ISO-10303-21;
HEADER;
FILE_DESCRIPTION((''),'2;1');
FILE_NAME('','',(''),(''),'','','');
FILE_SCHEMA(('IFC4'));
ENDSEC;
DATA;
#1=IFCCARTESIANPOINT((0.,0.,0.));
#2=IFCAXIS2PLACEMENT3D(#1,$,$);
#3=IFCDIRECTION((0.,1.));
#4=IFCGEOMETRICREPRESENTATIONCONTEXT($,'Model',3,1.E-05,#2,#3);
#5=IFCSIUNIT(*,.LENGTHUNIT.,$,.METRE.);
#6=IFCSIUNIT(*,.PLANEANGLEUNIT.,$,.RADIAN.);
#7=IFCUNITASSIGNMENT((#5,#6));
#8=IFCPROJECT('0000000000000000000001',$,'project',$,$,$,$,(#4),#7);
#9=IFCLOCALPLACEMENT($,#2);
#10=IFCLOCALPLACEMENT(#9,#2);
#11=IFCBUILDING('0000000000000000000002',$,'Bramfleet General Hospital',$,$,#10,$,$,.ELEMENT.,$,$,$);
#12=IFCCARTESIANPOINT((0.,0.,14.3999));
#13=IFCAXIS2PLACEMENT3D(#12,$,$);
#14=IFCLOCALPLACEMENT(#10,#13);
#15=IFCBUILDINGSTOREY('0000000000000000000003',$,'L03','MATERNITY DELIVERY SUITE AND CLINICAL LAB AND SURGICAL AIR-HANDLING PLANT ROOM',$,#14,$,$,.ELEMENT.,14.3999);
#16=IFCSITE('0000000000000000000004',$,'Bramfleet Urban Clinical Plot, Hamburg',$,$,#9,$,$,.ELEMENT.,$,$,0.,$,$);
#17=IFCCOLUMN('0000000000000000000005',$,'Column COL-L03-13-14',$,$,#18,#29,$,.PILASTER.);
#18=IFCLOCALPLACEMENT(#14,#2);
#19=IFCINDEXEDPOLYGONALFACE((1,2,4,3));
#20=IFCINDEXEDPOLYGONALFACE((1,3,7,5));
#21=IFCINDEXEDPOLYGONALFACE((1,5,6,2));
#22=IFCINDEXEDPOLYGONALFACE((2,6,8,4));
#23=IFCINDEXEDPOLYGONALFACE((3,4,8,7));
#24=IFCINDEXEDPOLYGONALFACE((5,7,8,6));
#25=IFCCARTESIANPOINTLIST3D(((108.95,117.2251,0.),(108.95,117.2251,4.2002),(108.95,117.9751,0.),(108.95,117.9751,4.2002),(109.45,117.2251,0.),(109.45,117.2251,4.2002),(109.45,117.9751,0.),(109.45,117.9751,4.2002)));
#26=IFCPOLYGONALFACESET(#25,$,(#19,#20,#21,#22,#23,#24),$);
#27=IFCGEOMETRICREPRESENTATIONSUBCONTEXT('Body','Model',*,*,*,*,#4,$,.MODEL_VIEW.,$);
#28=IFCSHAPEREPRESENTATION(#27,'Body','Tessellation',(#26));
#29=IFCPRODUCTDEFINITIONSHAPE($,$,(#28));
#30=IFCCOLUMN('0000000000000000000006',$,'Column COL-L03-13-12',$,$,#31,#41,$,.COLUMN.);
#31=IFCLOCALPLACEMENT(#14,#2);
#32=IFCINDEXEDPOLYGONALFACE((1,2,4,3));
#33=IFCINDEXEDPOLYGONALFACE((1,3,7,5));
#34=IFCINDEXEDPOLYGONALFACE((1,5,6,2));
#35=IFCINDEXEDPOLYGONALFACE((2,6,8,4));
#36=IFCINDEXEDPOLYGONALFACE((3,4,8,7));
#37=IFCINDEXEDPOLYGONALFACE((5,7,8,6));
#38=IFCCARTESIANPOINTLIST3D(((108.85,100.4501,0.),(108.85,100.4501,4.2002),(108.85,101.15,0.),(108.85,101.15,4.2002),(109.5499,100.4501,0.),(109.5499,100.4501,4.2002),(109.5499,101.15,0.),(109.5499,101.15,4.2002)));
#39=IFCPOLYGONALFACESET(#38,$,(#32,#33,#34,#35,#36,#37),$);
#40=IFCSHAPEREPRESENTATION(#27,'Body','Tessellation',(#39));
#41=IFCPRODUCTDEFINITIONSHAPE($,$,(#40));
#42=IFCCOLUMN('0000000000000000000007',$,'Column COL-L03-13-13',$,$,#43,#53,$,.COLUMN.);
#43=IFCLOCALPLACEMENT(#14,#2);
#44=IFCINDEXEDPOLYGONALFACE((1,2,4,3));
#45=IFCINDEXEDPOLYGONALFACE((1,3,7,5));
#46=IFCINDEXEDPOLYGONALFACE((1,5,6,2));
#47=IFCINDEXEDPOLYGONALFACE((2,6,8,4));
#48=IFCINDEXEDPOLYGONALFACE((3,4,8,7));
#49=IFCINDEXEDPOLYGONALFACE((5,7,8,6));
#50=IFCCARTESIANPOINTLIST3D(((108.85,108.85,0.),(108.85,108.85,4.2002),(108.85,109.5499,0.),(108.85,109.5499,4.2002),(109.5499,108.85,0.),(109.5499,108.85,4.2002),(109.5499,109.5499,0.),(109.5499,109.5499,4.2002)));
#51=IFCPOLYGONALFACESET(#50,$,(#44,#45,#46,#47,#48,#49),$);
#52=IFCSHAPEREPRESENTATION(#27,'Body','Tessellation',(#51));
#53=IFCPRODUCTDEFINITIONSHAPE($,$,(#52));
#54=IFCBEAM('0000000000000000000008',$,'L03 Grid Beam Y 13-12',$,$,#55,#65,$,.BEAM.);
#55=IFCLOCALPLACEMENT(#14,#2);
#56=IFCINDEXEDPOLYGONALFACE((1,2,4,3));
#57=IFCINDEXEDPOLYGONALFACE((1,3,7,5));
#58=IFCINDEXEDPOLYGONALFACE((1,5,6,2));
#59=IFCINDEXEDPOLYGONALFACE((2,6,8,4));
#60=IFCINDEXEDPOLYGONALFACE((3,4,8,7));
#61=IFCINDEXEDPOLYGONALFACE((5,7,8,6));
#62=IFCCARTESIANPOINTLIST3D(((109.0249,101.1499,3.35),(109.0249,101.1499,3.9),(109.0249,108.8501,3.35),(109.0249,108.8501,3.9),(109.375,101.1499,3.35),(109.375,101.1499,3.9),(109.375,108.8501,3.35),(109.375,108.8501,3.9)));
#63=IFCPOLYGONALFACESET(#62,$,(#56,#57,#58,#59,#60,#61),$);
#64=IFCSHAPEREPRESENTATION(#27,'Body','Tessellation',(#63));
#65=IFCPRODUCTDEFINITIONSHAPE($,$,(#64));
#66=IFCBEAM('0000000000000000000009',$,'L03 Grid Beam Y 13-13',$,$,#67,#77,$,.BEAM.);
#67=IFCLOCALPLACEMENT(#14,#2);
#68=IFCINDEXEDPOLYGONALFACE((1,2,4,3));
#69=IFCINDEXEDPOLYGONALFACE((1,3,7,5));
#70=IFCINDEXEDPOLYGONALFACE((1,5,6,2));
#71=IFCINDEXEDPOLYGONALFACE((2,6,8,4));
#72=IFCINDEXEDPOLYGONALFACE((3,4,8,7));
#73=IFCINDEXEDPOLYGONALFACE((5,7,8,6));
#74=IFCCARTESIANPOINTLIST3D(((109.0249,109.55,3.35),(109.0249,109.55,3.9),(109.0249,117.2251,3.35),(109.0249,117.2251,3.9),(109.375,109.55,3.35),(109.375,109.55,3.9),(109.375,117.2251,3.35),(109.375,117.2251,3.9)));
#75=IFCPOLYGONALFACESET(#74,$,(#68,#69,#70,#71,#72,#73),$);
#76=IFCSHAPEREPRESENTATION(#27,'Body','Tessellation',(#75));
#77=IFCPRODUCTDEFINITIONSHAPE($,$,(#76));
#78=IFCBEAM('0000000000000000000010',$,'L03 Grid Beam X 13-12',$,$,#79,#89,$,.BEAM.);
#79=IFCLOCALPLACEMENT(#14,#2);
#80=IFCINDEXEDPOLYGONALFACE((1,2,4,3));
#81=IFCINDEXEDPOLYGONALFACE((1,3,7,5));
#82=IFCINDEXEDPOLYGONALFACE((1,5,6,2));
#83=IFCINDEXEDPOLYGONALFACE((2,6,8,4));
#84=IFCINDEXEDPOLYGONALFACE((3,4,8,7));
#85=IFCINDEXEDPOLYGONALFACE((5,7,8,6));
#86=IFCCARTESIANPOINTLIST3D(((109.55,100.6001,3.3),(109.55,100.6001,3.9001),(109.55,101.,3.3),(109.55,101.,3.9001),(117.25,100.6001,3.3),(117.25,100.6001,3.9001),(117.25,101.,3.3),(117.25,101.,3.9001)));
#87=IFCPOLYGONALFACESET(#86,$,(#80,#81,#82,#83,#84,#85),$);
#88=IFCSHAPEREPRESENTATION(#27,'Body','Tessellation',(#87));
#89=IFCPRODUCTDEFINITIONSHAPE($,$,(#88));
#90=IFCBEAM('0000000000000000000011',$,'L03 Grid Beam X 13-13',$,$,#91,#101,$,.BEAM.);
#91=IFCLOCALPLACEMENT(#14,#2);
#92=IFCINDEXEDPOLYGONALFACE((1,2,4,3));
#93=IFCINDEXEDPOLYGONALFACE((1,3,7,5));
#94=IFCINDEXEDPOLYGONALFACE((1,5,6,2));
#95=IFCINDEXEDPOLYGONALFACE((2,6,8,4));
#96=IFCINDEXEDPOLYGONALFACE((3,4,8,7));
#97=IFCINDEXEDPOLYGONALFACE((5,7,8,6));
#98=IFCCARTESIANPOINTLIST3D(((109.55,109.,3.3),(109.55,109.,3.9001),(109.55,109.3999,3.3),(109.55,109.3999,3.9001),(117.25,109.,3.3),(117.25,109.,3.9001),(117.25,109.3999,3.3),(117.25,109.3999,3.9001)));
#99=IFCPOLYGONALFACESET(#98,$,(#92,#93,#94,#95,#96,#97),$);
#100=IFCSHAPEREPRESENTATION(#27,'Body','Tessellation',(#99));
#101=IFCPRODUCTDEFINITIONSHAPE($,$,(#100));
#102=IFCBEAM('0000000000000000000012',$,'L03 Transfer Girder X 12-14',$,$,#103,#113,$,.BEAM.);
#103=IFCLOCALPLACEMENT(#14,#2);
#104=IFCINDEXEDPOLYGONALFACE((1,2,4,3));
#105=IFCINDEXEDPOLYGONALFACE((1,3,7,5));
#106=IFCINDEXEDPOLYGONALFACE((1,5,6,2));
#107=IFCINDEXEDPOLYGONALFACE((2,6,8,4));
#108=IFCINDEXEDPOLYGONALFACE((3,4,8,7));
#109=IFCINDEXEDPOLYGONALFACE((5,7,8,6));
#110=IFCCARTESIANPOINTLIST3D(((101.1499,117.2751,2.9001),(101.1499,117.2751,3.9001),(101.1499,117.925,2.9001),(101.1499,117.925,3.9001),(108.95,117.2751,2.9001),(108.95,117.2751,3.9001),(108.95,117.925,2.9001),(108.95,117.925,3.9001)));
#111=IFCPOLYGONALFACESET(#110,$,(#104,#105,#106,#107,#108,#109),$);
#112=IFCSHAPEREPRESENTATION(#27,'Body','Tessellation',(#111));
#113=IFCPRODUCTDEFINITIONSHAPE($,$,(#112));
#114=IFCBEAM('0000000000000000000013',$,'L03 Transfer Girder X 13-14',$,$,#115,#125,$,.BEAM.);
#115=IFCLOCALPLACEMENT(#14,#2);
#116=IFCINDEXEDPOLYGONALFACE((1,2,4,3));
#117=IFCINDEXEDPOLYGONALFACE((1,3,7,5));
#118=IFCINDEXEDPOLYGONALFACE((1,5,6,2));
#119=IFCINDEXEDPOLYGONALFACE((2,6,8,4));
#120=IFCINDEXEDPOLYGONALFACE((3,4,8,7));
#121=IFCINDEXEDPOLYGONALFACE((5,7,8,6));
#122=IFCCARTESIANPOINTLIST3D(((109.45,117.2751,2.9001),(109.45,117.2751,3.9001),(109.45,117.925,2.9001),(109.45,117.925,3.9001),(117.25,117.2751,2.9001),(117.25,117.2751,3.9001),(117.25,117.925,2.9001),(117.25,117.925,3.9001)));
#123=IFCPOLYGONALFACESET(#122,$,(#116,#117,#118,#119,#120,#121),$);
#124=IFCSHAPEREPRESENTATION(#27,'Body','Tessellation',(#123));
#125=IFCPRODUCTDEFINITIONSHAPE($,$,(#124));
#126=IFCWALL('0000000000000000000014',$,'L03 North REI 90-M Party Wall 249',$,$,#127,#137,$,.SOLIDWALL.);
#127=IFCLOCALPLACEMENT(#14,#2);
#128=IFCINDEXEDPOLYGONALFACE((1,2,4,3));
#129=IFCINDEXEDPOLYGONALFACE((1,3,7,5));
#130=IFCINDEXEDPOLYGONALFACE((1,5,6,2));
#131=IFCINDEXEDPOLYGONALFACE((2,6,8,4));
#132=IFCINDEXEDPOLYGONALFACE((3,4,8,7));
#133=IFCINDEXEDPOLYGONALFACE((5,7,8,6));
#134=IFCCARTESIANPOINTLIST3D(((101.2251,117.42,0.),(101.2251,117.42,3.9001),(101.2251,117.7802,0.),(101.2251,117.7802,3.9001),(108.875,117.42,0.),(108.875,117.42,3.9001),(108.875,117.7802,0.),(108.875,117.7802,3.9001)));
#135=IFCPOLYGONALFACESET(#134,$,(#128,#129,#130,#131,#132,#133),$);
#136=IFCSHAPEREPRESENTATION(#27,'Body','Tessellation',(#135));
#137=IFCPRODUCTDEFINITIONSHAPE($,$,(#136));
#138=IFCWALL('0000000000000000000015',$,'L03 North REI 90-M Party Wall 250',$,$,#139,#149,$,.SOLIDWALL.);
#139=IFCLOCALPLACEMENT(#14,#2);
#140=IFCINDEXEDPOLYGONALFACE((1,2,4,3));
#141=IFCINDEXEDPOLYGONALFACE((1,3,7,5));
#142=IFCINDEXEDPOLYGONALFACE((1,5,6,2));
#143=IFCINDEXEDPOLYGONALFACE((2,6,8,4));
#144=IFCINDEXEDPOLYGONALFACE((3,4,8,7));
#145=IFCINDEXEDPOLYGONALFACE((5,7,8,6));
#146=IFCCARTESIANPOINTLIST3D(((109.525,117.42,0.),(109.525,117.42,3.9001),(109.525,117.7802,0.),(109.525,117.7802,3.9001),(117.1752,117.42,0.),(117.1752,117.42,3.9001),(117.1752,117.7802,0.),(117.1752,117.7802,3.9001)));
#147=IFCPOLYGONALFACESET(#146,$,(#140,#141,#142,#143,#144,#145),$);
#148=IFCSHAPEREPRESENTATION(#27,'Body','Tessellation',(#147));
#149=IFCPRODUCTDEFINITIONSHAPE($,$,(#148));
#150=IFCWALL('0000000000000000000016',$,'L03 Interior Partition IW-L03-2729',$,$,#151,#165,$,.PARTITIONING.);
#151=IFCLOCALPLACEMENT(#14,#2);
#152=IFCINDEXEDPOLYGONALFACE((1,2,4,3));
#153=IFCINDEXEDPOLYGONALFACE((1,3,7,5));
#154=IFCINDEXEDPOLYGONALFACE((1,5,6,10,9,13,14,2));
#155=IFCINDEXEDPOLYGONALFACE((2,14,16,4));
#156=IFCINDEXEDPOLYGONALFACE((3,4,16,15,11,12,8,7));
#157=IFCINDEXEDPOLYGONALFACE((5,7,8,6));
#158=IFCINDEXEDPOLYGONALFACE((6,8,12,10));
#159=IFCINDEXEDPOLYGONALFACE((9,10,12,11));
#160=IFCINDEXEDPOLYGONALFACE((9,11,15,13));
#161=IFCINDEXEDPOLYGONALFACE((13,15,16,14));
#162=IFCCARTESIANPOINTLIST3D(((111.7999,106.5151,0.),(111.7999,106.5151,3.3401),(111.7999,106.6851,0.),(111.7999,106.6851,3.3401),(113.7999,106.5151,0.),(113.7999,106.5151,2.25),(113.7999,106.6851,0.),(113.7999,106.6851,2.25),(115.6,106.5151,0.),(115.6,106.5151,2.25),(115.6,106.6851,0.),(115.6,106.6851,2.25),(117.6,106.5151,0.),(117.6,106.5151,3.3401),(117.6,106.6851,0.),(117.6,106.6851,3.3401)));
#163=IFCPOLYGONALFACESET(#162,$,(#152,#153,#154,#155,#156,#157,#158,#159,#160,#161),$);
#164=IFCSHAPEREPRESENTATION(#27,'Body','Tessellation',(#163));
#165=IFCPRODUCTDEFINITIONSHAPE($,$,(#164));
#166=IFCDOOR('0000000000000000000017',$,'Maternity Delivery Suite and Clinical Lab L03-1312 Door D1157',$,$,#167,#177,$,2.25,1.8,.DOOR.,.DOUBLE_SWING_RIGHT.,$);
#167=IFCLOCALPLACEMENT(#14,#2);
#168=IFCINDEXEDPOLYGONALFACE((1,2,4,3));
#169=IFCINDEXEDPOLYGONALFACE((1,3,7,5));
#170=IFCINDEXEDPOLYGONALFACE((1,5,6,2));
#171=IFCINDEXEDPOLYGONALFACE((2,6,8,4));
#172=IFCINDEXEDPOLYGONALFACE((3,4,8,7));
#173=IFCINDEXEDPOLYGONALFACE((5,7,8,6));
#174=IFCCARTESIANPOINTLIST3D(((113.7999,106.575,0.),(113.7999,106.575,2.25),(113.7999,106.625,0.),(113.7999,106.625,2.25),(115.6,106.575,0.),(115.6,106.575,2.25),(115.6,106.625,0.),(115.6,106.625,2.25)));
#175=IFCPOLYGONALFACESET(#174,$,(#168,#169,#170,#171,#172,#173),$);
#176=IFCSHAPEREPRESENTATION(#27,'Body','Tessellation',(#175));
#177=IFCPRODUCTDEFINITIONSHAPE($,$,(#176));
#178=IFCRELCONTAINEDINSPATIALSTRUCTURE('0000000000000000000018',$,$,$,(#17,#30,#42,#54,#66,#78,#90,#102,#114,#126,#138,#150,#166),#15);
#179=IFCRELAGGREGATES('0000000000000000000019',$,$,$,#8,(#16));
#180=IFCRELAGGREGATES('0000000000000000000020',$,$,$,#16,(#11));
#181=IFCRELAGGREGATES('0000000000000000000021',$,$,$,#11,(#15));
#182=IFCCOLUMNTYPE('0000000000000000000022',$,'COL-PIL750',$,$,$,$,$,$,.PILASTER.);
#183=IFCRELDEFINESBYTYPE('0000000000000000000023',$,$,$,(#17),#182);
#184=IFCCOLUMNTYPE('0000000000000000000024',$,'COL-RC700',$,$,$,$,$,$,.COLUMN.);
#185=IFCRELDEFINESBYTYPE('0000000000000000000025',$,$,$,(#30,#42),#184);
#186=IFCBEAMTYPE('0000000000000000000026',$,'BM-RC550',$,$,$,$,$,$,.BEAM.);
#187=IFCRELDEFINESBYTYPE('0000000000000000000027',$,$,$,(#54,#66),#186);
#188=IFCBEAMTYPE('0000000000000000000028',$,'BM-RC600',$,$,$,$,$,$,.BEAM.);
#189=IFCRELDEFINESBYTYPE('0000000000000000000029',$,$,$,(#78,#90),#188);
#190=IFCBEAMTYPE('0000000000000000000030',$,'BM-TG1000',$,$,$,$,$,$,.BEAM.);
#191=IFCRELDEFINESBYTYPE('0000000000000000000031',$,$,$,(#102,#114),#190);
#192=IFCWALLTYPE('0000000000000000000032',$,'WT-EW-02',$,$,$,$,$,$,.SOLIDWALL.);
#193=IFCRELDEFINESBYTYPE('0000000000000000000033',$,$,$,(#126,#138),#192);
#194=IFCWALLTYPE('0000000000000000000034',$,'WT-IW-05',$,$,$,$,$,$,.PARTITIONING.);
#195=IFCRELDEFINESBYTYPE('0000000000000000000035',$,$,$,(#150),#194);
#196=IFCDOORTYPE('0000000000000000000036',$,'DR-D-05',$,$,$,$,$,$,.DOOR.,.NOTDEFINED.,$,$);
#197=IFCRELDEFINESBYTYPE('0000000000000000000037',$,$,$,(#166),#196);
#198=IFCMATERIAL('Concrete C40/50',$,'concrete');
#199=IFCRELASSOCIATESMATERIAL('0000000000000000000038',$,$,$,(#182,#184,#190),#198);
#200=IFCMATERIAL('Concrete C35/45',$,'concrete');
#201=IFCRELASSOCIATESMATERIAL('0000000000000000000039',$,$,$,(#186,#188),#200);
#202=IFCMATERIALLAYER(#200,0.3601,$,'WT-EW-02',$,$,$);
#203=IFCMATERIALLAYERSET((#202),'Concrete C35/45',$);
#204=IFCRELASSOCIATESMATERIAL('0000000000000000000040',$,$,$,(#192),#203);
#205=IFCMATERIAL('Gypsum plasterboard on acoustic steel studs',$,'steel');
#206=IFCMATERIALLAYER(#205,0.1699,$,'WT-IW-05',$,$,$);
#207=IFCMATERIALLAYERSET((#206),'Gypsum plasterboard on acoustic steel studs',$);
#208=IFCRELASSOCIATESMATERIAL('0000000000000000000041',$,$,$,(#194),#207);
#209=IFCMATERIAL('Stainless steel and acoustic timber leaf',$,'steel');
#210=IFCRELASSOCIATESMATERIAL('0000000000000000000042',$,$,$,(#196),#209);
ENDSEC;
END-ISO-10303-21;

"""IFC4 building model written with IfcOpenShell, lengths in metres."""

from ifc_helpers import new_model, si_unit, direction, frame, frame_2d, origin, origin_2d, place, context, subcontext, project, spatial, rectangle, extrude, material, layer, layer_set, material_profile, profile_set, type_object, element, fill, save


model = new_model("IFC4")

# Units and contexts
model_context = context("Model", 3, precision=1e-05, world=origin(), true_north=direction((0.0, 1.0)))
body_context = subcontext(model_context, "Body", "Model", "MODEL_VIEW")
ifc_project = project(units=[si_unit("LENGTHUNIT", "METRE"), si_unit("PLANEANGLEUNIT", "RADIAN")], contexts=[model_context])

# Site, building, storey
site_placement = place(None, origin())
site = spatial("IfcSite", under=ifc_project, at=site_placement, Name="Bramfleet Urban Clinical Plot, Hamburg", CompositionType="ELEMENT", RefElevation=0.0)
building_placement = place(site_placement, origin())
building = spatial("IfcBuilding", under=site, at=building_placement, Name="Bramfleet General Hospital", CompositionType="ELEMENT")
storey_placement = place(building_placement, frame((0.0, 0.0, 14.3999)))
storey = spatial("IfcBuildingStorey", under=building, at=storey_placement, Name="L03", Description="MATERNITY DELIVERY SUITE AND CLINICAL LAB AND SURGICAL AIR-HANDLING PLANT ROOM", CompositionType="ELEMENT", Elevation=14.3999)

# Columns
ifc_material_1 = material(Name="Concrete C40/50", Category="concrete")
ifc_material_profile_1 = material_profile(ifc_material_1, rectangle(XDim=0.5, YDim=0.75, at=origin_2d()), Name="RC PIL 750x500")
ifc_profile_set_1 = profile_set([ifc_material_profile_1], Name="Concrete C40/50")
column_type_1 = type_object("IfcColumnType", Name="COL-PIL750", PredefinedType="PILASTER", material=ifc_profile_set_1)
column_placement = place(storey_placement, frame((109.2, 117.6001, 0.0), z_axis=(0.0, 0.0, 1.0), x_axis=(1.0, 0.0, 0.0)))
element("IfcColumn", 1, at=column_placement, inside=storey, type_object=column_type_1, Name="Column COL-L03-13-14", PredefinedType="PILASTER", context=body_context, shape_type="SweptSolid", body=[
    extrude(rectangle(XDim=0.5, YDim=0.75, at=origin_2d()), origin(), (0.0, 0.0, 1.0), 4.2002),
])
ifc_material_profile_2 = material_profile(ifc_material_1, rectangle(XDim=0.7, YDim=0.7, at=origin_2d()), Name="RC COL 700x700")
ifc_profile_set_2 = profile_set([ifc_material_profile_2], Name="Concrete C40/50")
column_type_2 = type_object("IfcColumnType", Name="COL-RC700", PredefinedType="COLUMN", material=ifc_profile_set_2)
for number, where, z_axis, x_axis, name in (
    (2, (109.2, 100.8, 0.0), (0.0, 0.0, 1.0), (1.0, 0.0, 0.0), "Column COL-L03-13-12"),
    (3, (109.2, 109.2, 0.0), (0.0, 0.0, 1.0), (1.0, 0.0, 0.0), "Column COL-L03-13-13"),
):
    element("IfcColumn", number, at=place(storey_placement, frame(where, z_axis=z_axis, x_axis=x_axis)), inside=storey, type_object=column_type_2, Name=name, PredefinedType="COLUMN", context=body_context, shape_type="SweptSolid", body=[
        extrude(rectangle(XDim=0.7, YDim=0.7, at=origin_2d()), origin(), (0.0, 0.0, 1.0), 4.2002),
    ])

# Beams
ifc_material_2 = material(Name="Concrete C35/45", Category="concrete")
ifc_material_profile_3 = material_profile(ifc_material_2, rectangle(XDim=0.3501, YDim=0.55, at=origin_2d()), Name="RC BM 550x350")
ifc_profile_set_3 = profile_set([ifc_material_profile_3], Name="Concrete C35/45")
beam_type_1 = type_object("IfcBeamType", Name="BM-RC550", PredefinedType="BEAM", material=ifc_profile_set_3)
beam_1_placement = place(storey_placement, frame((109.2, 101.1499, 3.625), z_axis=(0.0, 1.0, 0.0), x_axis=(-1.0, 0.0, 0.0)))
element("IfcBeam", 4, at=beam_1_placement, inside=storey, type_object=beam_type_1, Name="L03 Grid Beam Y 13-12", PredefinedType="BEAM", context=body_context, shape_type="SweptSolid", body=[
    extrude(rectangle(XDim=0.3501, YDim=0.55, at=origin_2d()), origin(), (0.0, 0.0, 1.0), 7.7002),
])
beam_2_placement = place(storey_placement, frame((109.2, 109.55, 3.625), z_axis=(0.0, 1.0, 0.0), x_axis=(-1.0, 0.0, 0.0)))
element("IfcBeam", 5, at=beam_2_placement, inside=storey, type_object=beam_type_1, Name="L03 Grid Beam Y 13-13", PredefinedType="BEAM", context=body_context, shape_type="SweptSolid", body=[
    extrude(rectangle(XDim=0.3501, YDim=0.55, at=origin_2d()), origin(), (0.0, 0.0, 1.0), 7.675),
])
ifc_material_profile_4 = material_profile(ifc_material_2, rectangle(XDim=0.3999, YDim=0.6001, at=origin_2d()), Name="RC BM 600x400")
ifc_profile_set_4 = profile_set([ifc_material_profile_4], Name="Concrete C35/45")
beam_type_2 = type_object("IfcBeamType", Name="BM-RC600", PredefinedType="BEAM", material=ifc_profile_set_4)
for number, where, z_axis, x_axis, name in (
    (6, (109.55, 100.8, 3.6001), (1.0, 0.0, 0.0), (0.0, 1.0, 0.0), "L03 Grid Beam X 13-12"),
    (7, (109.55, 109.2, 3.6001), (1.0, 0.0, 0.0), (0.0, 1.0, 0.0), "L03 Grid Beam X 13-13"),
):
    element("IfcBeam", number, at=place(storey_placement, frame(where, z_axis=z_axis, x_axis=x_axis)), inside=storey, type_object=beam_type_2, Name=name, PredefinedType="BEAM", context=body_context, shape_type="SweptSolid", body=[
        extrude(rectangle(XDim=0.3999, YDim=0.6001, at=origin_2d()), origin(), (0.0, 0.0, 1.0), 7.7),
    ])
ifc_material_profile_5 = material_profile(ifc_material_1, rectangle(XDim=0.6499, YDim=1.0, at=origin_2d()), Name="RC TG 1000x650")
ifc_profile_set_5 = profile_set([ifc_material_profile_5], Name="Concrete C40/50")
beam_type_3 = type_object("IfcBeamType", Name="BM-TG1000", PredefinedType="BEAM", material=ifc_profile_set_5)
for number, where, z_axis, x_axis, name in (
    (8, (101.1499, 117.6001, 3.4001), (1.0, 0.0, 0.0), (0.0, 1.0, 0.0), "L03 Transfer Girder X 12-14"),
    (9, (109.45, 117.6001, 3.4001), (1.0, 0.0, 0.0), (0.0, 1.0, 0.0), "L03 Transfer Girder X 13-14"),
):
    element("IfcBeam", number, at=place(storey_placement, frame(where, z_axis=z_axis, x_axis=x_axis)), inside=storey, type_object=beam_type_3, Name=name, PredefinedType="BEAM", context=body_context, shape_type="SweptSolid", body=[
        extrude(rectangle(XDim=0.6499, YDim=1.0, at=origin_2d()), origin(), (0.0, 0.0, 1.0), 7.8),
    ])

# Walls
ifc_layer_1 = layer(ifc_material_2, 0.3601, Name="WT-EW-02")
ifc_layer_set_1 = layer_set([ifc_layer_1], Name="Concrete C35/45")
wall_type_1 = type_object("IfcWallType", Name="WT-EW-02", PredefinedType="SOLIDWALL", material=ifc_layer_set_1)
wall_1_placement = place(storey_placement, frame((101.2251, 117.6001, 0.0), z_axis=(0.0, 0.0, 1.0), x_axis=(1.0, 0.0, 0.0)))
element("IfcWall", 10, at=wall_1_placement, inside=storey, type_object=wall_type_1, Name="L03 North REI 90-M Party Wall 249", PredefinedType="SOLIDWALL", context=body_context, shape_type="SweptSolid", body=[
    extrude(rectangle(XDim=7.6499, YDim=0.3601, at=frame_2d((3.825, 0.0))), origin(), (0.0, 0.0, 1.0), 3.9001),
])
wall_2_placement = place(storey_placement, frame((109.5249, 117.6001, 0.0), z_axis=(0.0, 0.0, 1.0), x_axis=(1.0, 0.0, 0.0)))
element("IfcWall", 11, at=wall_2_placement, inside=storey, type_object=wall_type_1, Name="L03 North REI 90-M Party Wall 250", PredefinedType="SOLIDWALL", context=body_context, shape_type="SweptSolid", body=[
    extrude(rectangle(XDim=7.6501, YDim=0.3601, at=frame_2d((3.8252, 0.0))), origin(), (0.0, 0.0, 1.0), 3.9001),
])

# Wall, opening, door
ifc_material_3 = material(Name="Gypsum plasterboard on acoustic steel studs", Category="steel")
ifc_layer_2 = layer(ifc_material_3, 0.1699, Name="WT-IW-05")
ifc_layer_set_2 = layer_set([ifc_layer_2], Name="Gypsum plasterboard on acoustic steel studs")
wall_type_2 = type_object("IfcWallType", Name="WT-IW-05", PredefinedType="PARTITIONING", material=ifc_layer_set_2)
wall_3_placement = place(storey_placement, frame((111.8, 106.6001, 0.0), z_axis=(0.0, 0.0, 1.0), x_axis=(1.0, 0.0, 0.0)))
wall_3 = element("IfcWall", 12, at=wall_3_placement, inside=storey, type_object=wall_type_2, Name="L03 Interior Partition IW-L03-2729", PredefinedType="PARTITIONING", context=body_context, shape_type="SweptSolid", body=[
    extrude(rectangle(XDim=5.8, YDim=0.1699, at=frame_2d((2.8999, 0.0))), origin(), (0.0, 0.0, 1.0), 3.3401),
])
opening_1_placement = place(wall_3_placement, frame((2.0, 0.0, 0.0)))
opening_1 = element("IfcOpeningElement", 13, at=opening_1_placement, cuts=wall_3, PredefinedType="OPENING", context=body_context, shape_type="SweptSolid", body=[
    extrude(rectangle(XDim=1.8, YDim=2.25, at=frame_2d((0.8999, 1.125))), frame((0.0, 0.095, 0.0), z_axis=(0.0, -1.0, 0.0), x_axis=(1.0, 0.0, 0.0)), (0.0, 0.0, 1.0), 0.1899),
])
ifc_material_4 = material(Name="Stainless steel and acoustic timber leaf", Category="steel")
door_type_1 = type_object("IfcDoorType", Name="DR-D-05", OperationType="NOTDEFINED", PredefinedType="DOOR", material=ifc_material_4)
door_1_placement = place(opening_1_placement, origin())
door_1 = element("IfcDoor", 14, at=door_1_placement, inside=storey, type_object=door_type_1, Name="Maternity Delivery Suite and Clinical Lab L03-1312 Door D1157", OperationType="DOUBLE_SWING_RIGHT", OverallHeight=2.25, OverallWidth=1.8, PredefinedType="DOOR", context=body_context, shape_type="SweptSolid", body=[
    extrude(rectangle(XDim=1.8, YDim=2.25, at=frame_2d((0.8999, 1.125))), frame((0.0, 0.0249, 0.0), z_axis=(0.0, -1.0, 0.0), x_axis=(1.0, 0.0, 0.0)), (0.0, 0.0, 1.0), 0.05),
])
fill(opening_1, door_1)

save(model, "model.ifc")
